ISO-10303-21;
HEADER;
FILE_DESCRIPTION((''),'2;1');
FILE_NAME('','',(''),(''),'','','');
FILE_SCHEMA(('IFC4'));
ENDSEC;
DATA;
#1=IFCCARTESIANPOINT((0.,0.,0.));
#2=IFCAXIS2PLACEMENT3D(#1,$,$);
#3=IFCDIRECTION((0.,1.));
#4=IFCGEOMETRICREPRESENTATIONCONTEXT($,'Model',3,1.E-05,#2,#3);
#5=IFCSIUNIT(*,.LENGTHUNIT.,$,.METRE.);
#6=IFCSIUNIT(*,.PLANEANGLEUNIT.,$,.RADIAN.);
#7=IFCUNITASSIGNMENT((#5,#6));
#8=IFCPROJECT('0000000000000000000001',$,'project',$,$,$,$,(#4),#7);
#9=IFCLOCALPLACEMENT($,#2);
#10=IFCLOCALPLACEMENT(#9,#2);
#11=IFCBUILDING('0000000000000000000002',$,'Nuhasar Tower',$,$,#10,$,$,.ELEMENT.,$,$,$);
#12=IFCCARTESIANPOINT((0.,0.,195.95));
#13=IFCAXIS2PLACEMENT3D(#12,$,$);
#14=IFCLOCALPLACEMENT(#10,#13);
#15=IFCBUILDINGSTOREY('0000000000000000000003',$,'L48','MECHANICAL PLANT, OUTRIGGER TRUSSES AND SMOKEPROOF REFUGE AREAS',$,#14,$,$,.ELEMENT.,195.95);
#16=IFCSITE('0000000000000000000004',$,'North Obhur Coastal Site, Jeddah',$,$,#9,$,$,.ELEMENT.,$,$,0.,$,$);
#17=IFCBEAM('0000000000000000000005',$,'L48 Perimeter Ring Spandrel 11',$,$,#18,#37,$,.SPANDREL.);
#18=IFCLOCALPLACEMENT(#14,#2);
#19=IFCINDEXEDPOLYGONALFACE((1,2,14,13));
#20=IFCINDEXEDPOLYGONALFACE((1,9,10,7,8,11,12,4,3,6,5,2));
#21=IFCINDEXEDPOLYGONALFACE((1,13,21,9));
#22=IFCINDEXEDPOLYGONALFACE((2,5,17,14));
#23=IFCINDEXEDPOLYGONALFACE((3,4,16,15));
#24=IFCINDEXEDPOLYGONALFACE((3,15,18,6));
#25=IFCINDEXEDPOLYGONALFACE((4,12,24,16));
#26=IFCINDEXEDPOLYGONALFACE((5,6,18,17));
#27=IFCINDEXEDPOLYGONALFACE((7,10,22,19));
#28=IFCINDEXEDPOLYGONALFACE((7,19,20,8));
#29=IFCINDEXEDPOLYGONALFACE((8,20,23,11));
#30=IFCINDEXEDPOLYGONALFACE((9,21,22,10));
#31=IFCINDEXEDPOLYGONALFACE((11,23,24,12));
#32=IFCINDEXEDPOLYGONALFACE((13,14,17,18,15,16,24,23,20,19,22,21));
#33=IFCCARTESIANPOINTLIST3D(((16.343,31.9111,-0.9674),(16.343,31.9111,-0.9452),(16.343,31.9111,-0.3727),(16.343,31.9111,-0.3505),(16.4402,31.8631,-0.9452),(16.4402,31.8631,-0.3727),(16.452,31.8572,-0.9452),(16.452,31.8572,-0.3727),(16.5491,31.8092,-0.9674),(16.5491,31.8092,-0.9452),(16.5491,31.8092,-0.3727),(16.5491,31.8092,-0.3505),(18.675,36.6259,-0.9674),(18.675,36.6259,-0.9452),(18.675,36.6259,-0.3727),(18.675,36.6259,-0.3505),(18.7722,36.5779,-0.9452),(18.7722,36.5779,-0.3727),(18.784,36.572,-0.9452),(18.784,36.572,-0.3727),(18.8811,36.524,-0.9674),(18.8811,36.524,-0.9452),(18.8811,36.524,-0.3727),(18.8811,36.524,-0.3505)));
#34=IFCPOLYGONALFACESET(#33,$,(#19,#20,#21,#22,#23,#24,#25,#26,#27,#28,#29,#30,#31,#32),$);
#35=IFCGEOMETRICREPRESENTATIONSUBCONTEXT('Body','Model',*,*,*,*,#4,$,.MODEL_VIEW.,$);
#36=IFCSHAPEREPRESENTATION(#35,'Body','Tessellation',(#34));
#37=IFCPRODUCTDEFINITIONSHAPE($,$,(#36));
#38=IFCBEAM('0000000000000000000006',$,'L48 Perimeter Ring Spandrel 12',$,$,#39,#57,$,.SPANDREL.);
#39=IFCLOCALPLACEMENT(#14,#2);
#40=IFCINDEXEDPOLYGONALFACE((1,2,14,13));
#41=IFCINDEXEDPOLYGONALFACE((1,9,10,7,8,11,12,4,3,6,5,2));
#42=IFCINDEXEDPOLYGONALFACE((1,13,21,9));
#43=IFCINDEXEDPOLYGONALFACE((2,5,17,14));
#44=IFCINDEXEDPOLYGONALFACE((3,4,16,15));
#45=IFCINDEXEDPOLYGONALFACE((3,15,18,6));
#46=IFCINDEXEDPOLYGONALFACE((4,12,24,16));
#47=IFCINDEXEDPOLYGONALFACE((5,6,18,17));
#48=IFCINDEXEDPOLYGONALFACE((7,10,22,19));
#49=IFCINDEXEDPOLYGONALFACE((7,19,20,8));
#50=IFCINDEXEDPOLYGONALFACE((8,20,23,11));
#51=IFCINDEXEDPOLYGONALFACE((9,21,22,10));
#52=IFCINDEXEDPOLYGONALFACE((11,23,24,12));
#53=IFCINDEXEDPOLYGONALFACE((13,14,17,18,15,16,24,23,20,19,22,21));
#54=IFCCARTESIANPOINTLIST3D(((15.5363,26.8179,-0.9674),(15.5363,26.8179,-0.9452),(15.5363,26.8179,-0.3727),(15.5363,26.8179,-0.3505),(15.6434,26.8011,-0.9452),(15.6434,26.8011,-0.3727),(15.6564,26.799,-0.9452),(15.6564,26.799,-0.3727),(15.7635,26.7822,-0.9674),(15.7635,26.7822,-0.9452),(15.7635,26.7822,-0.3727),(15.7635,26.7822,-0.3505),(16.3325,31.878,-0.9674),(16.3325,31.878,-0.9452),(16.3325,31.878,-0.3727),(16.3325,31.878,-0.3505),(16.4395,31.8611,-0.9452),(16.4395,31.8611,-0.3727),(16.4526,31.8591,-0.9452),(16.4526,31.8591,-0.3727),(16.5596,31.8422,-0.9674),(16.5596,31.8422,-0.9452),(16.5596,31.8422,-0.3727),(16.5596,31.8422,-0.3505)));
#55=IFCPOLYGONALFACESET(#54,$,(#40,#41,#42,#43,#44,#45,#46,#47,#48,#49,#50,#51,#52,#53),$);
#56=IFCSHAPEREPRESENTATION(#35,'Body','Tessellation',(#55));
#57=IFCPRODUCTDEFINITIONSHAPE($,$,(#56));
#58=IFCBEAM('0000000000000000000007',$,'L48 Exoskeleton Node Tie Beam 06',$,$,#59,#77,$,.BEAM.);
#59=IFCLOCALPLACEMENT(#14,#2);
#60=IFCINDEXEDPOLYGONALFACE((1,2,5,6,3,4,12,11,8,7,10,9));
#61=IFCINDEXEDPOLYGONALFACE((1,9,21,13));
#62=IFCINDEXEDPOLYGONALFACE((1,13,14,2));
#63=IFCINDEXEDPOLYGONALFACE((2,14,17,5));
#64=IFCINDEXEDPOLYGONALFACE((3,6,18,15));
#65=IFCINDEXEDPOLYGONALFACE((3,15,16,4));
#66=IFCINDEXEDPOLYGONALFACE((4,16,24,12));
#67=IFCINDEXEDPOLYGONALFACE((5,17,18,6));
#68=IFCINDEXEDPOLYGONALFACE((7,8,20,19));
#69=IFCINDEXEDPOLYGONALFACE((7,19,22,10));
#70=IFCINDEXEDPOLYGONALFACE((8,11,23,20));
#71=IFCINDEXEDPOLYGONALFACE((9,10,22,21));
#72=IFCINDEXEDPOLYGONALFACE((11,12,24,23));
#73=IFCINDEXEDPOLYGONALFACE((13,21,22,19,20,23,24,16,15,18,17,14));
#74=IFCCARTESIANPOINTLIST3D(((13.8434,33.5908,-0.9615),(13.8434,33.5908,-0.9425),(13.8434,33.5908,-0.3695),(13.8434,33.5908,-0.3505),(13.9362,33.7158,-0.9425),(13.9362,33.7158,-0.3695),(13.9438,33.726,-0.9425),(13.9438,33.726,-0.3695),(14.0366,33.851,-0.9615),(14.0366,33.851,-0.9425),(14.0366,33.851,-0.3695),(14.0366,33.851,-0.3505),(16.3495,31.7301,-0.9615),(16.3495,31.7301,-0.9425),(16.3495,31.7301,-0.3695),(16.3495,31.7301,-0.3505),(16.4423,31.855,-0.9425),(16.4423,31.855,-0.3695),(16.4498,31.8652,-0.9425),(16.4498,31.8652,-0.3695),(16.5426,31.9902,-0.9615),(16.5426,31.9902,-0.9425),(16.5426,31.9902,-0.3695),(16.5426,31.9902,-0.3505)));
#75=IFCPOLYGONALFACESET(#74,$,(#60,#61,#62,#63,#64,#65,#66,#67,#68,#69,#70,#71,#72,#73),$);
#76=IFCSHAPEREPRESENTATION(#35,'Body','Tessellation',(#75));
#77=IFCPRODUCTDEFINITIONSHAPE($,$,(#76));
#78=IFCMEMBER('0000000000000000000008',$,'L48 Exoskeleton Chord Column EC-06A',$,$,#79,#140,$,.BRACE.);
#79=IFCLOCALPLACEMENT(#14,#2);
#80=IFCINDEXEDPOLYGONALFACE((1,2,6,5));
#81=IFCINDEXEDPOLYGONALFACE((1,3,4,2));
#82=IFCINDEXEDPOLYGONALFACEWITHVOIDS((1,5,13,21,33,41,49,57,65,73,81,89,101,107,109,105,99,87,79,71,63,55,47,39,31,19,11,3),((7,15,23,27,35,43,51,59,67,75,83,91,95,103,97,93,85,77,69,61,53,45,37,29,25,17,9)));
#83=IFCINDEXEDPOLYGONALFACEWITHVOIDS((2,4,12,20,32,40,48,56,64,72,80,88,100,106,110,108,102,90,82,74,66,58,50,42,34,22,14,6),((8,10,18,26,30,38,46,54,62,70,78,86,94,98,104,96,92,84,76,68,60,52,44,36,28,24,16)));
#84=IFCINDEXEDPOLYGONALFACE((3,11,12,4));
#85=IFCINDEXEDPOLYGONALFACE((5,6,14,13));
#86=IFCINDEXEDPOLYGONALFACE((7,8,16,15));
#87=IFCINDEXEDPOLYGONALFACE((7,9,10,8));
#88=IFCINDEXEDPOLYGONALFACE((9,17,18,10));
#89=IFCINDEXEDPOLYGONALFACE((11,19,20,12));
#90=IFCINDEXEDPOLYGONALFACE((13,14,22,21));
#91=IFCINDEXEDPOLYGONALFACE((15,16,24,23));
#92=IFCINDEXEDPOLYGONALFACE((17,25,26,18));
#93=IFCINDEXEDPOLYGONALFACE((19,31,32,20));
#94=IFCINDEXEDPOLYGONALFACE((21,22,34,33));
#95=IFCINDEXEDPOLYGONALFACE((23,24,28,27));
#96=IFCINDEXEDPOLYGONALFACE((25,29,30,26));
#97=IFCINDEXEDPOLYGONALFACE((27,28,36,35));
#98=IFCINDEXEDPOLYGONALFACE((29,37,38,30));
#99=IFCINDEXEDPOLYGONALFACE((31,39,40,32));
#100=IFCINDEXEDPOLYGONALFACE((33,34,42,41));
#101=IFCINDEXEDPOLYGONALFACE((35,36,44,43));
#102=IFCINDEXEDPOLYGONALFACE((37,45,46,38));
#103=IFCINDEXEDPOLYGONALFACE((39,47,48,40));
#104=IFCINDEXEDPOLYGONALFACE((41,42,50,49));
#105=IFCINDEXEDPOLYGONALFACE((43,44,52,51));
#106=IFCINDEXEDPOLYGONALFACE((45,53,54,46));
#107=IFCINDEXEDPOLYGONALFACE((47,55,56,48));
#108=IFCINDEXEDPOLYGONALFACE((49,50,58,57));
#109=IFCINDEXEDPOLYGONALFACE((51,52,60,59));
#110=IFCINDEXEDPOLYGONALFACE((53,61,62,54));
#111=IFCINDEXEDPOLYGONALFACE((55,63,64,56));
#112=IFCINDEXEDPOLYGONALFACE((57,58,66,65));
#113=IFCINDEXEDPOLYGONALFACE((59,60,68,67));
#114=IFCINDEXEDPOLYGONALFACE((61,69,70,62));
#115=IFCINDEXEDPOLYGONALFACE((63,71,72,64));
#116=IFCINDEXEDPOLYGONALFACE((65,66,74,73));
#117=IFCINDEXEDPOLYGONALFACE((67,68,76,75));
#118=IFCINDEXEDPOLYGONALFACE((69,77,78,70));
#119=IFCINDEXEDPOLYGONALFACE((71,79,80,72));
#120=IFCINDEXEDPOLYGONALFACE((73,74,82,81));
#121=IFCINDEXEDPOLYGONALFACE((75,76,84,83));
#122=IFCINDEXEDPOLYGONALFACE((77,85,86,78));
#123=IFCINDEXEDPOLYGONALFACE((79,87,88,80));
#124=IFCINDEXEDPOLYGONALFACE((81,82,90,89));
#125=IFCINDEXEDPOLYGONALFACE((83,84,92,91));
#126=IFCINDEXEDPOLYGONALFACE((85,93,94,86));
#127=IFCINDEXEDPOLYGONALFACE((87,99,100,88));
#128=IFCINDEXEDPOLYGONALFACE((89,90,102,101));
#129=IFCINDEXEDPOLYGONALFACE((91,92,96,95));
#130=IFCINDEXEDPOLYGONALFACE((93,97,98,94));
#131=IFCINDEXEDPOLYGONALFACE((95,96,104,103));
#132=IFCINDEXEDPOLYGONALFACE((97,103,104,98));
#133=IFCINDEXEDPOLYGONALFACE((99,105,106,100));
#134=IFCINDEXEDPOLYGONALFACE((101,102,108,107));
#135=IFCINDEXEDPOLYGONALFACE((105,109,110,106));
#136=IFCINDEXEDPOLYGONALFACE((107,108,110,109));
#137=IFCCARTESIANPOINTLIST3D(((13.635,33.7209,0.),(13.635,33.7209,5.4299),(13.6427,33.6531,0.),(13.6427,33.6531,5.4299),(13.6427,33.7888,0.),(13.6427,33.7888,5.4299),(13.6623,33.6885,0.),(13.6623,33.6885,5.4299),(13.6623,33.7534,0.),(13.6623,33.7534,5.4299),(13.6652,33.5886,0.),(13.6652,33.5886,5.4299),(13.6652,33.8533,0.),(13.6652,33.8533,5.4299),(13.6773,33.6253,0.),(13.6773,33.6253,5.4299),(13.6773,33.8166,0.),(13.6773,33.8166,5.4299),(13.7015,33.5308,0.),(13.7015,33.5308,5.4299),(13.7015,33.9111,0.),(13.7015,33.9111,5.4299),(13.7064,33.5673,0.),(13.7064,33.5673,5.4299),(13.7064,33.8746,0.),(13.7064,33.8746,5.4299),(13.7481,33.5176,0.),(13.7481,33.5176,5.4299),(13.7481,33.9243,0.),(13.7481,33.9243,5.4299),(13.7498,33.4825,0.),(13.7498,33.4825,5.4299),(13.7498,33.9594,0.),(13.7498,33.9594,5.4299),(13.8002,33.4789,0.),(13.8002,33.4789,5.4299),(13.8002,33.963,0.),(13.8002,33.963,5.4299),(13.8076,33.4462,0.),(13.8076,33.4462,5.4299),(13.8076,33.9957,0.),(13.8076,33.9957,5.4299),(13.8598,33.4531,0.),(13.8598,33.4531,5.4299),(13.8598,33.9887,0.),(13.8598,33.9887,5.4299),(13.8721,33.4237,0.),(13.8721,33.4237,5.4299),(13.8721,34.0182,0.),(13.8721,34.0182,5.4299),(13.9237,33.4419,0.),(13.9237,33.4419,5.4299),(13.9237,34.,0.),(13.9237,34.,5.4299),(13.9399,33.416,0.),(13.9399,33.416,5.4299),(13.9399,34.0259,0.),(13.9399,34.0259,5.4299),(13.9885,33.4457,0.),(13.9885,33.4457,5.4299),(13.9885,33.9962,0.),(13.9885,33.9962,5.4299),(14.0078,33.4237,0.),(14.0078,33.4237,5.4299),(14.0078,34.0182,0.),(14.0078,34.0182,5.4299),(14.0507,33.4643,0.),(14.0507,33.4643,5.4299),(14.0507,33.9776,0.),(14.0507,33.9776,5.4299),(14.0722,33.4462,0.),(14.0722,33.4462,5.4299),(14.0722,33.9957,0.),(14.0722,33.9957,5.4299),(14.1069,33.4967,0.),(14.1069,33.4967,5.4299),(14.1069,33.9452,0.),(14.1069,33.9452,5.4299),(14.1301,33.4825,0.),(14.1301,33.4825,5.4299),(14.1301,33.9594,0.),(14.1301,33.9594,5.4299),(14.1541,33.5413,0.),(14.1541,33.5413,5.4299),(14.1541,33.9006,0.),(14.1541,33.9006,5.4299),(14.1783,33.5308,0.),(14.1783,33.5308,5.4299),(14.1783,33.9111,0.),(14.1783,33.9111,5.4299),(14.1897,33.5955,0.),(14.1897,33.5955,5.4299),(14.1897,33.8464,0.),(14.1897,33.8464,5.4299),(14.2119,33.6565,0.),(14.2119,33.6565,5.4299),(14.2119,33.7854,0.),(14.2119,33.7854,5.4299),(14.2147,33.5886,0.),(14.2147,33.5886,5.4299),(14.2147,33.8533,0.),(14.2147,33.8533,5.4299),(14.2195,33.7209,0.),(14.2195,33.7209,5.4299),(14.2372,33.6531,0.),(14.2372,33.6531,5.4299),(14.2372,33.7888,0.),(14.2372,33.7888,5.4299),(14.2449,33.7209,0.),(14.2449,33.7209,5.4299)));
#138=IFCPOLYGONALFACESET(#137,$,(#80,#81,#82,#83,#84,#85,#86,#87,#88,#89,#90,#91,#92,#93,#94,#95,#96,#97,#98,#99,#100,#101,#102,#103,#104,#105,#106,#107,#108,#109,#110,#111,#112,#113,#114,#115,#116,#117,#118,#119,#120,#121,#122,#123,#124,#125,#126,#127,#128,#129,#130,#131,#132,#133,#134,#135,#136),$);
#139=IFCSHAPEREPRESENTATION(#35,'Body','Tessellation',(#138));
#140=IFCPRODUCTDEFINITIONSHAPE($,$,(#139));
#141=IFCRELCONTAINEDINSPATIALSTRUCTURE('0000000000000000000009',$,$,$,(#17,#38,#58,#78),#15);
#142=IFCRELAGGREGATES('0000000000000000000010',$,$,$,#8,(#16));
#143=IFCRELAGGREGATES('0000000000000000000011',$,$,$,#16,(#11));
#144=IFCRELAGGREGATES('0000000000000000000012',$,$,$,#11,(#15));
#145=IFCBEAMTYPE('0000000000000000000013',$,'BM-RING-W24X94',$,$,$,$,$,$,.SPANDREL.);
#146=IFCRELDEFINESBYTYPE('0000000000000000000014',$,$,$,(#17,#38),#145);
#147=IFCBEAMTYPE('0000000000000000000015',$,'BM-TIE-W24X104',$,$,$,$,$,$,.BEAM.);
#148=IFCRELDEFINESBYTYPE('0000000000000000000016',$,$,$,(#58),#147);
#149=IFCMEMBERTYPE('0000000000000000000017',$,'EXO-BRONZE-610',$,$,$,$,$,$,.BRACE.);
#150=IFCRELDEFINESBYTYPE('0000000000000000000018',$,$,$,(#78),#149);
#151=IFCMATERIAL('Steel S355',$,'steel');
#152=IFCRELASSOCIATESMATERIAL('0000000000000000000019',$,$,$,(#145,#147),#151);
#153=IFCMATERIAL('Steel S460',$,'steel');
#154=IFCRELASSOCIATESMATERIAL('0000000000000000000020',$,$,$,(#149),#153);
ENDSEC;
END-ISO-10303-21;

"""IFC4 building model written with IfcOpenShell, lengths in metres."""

from ifc_helpers import new_model, si_unit, direction, frame, origin, origin_2d, place, context, subcontext, project, spatial, hollow_circle, i_section, extrude, material, material_profile, profile_set, type_object, element, save


model = new_model("IFC4")

# Units and contexts
model_context = context("Model", 3, precision=1e-05, world=origin(), true_north=direction((0.0, 1.0)))
body_context = subcontext(model_context, "Body", "Model", "MODEL_VIEW")
ifc_project = project(units=[si_unit("LENGTHUNIT", "METRE"), si_unit("PLANEANGLEUNIT", "RADIAN")], contexts=[model_context])

# Site, building, storey
site_placement = place(None, origin())
site = spatial("IfcSite", under=ifc_project, at=site_placement, Name="North Obhur Coastal Site, Jeddah", CompositionType="ELEMENT", RefElevation=0.0)
building_placement = place(site_placement, origin())
building = spatial("IfcBuilding", under=site, at=building_placement, Name="Nuhasar Tower", CompositionType="ELEMENT")
storey_placement = place(building_placement, frame((0.0, 0.0, 195.95)))
storey = spatial("IfcBuildingStorey", under=building, at=storey_placement, Name="L48", Description="MECHANICAL PLANT, OUTRIGGER TRUSSES AND SMOKEPROOF REFUGE AREAS", CompositionType="ELEMENT", Elevation=195.95)

# Shared definitions
ifc_material_1 = material(Name="Steel S460", Category="steel")

# Beams
ifc_material_2 = material(Name="Steel S355", Category="steel")
ifc_material_profile_1 = material_profile(ifc_material_2, i_section(OverallWidth=0.23, OverallDepth=0.6169, WebThickness=0.0132, FlangeThickness=0.0222, at=origin_2d()), Name="W24X94")
ifc_profile_set_1 = profile_set([ifc_material_profile_1], Name="Steel S355")
beam_type_1 = type_object("IfcBeamType", Name="BM-RING-W24X94", PredefinedType="SPANDREL", material=ifc_profile_set_1)
beam_1_placement = place(storey_placement, frame((18.7781, 36.575, -0.6589), z_axis=(-0.443348, -0.89635, 0.0), x_axis=(0.89635, -0.443348, 0.0)))
element("IfcBeam", 1, at=beam_1_placement, inside=storey, type_object=beam_type_1, Name="L48 Perimeter Ring Spandrel 11", PredefinedType="SPANDREL", context=body_context, shape_type="SweptSolid", body=[
    extrude(i_section(OverallWidth=0.23, OverallDepth=0.6169, WebThickness=0.0132, FlangeThickness=0.0222, at=origin_2d()), origin(), (0.0, 0.0, 1.0), 5.26),
])
beam_2_placement = place(storey_placement, frame((16.446, 31.8601, -0.6589), z_axis=(-0.155427, -0.987847, 0.0), x_axis=(0.987847, -0.155427, 0.0)))
element("IfcBeam", 2, at=beam_2_placement, inside=storey, type_object=beam_type_1, Name="L48 Perimeter Ring Spandrel 12", PredefinedType="SPANDREL", context=body_context, shape_type="SweptSolid", body=[
    extrude(i_section(OverallWidth=0.23, OverallDepth=0.6169, WebThickness=0.0132, FlangeThickness=0.0222, at=origin_2d()), origin(), (0.0, 0.0, 1.0), 5.1223),
])
ifc_material_profile_2 = material_profile(ifc_material_2, i_section(OverallWidth=0.324, OverallDepth=0.6111, WebThickness=0.0127, FlangeThickness=0.019, at=origin_2d()), Name="W24X104")
ifc_profile_set_2 = profile_set([ifc_material_profile_2], Name="Steel S355")
beam_type_2 = type_object("IfcBeamType", Name="BM-TIE-W24X104", PredefinedType="BEAM", material=ifc_profile_set_2)
beam_3_placement = place(storey_placement, frame((16.446, 31.8601, -0.656), z_axis=(-0.802872, 0.596151, 0.0), x_axis=(-0.596151, -0.802872, 0.0)))
element("IfcBeam", 3, at=beam_3_placement, inside=storey, type_object=beam_type_2, Name="L48 Exoskeleton Node Tie Beam 06", PredefinedType="BEAM", context=body_context, shape_type="SweptSolid", body=[
    extrude(i_section(OverallWidth=0.324, OverallDepth=0.6111, WebThickness=0.0127, FlangeThickness=0.019, at=origin_2d()), origin(), (0.0, 0.0, 1.0), 3.1213),
])

# Member
ifc_material_profile_3 = material_profile(ifc_material_1, hollow_circle(Radius=0.3049, WallThickness=0.0254, at=origin_2d()), Name="HSS610X25.4")
ifc_profile_set_3 = profile_set([ifc_material_profile_3], Name="Steel S460")
member_type_1 = type_object("IfcMemberType", Name="EXO-BRONZE-610", PredefinedType="BRACE", material=ifc_profile_set_3)
for number, where, z_axis, x_axis, name in (
    (4, (13.9399, 33.7209, 0.0), (0.0, 0.0, 1.0), (1.0, 0.0, 0.0), "L48 Exoskeleton Chord Column EC-06A"),
):
    element("IfcMember", number, at=place(storey_placement, frame(where, z_axis=z_axis, x_axis=x_axis)), inside=storey, type_object=member_type_1, Name=name, PredefinedType="BRACE", context=body_context, shape_type="SweptSolid", body=[
        extrude(hollow_circle(Radius=0.3049, WallThickness=0.0254, at=origin_2d()), origin(), (0.0, 0.0, 1.0), 5.4299),
    ])

save(model, "model.ifc")
